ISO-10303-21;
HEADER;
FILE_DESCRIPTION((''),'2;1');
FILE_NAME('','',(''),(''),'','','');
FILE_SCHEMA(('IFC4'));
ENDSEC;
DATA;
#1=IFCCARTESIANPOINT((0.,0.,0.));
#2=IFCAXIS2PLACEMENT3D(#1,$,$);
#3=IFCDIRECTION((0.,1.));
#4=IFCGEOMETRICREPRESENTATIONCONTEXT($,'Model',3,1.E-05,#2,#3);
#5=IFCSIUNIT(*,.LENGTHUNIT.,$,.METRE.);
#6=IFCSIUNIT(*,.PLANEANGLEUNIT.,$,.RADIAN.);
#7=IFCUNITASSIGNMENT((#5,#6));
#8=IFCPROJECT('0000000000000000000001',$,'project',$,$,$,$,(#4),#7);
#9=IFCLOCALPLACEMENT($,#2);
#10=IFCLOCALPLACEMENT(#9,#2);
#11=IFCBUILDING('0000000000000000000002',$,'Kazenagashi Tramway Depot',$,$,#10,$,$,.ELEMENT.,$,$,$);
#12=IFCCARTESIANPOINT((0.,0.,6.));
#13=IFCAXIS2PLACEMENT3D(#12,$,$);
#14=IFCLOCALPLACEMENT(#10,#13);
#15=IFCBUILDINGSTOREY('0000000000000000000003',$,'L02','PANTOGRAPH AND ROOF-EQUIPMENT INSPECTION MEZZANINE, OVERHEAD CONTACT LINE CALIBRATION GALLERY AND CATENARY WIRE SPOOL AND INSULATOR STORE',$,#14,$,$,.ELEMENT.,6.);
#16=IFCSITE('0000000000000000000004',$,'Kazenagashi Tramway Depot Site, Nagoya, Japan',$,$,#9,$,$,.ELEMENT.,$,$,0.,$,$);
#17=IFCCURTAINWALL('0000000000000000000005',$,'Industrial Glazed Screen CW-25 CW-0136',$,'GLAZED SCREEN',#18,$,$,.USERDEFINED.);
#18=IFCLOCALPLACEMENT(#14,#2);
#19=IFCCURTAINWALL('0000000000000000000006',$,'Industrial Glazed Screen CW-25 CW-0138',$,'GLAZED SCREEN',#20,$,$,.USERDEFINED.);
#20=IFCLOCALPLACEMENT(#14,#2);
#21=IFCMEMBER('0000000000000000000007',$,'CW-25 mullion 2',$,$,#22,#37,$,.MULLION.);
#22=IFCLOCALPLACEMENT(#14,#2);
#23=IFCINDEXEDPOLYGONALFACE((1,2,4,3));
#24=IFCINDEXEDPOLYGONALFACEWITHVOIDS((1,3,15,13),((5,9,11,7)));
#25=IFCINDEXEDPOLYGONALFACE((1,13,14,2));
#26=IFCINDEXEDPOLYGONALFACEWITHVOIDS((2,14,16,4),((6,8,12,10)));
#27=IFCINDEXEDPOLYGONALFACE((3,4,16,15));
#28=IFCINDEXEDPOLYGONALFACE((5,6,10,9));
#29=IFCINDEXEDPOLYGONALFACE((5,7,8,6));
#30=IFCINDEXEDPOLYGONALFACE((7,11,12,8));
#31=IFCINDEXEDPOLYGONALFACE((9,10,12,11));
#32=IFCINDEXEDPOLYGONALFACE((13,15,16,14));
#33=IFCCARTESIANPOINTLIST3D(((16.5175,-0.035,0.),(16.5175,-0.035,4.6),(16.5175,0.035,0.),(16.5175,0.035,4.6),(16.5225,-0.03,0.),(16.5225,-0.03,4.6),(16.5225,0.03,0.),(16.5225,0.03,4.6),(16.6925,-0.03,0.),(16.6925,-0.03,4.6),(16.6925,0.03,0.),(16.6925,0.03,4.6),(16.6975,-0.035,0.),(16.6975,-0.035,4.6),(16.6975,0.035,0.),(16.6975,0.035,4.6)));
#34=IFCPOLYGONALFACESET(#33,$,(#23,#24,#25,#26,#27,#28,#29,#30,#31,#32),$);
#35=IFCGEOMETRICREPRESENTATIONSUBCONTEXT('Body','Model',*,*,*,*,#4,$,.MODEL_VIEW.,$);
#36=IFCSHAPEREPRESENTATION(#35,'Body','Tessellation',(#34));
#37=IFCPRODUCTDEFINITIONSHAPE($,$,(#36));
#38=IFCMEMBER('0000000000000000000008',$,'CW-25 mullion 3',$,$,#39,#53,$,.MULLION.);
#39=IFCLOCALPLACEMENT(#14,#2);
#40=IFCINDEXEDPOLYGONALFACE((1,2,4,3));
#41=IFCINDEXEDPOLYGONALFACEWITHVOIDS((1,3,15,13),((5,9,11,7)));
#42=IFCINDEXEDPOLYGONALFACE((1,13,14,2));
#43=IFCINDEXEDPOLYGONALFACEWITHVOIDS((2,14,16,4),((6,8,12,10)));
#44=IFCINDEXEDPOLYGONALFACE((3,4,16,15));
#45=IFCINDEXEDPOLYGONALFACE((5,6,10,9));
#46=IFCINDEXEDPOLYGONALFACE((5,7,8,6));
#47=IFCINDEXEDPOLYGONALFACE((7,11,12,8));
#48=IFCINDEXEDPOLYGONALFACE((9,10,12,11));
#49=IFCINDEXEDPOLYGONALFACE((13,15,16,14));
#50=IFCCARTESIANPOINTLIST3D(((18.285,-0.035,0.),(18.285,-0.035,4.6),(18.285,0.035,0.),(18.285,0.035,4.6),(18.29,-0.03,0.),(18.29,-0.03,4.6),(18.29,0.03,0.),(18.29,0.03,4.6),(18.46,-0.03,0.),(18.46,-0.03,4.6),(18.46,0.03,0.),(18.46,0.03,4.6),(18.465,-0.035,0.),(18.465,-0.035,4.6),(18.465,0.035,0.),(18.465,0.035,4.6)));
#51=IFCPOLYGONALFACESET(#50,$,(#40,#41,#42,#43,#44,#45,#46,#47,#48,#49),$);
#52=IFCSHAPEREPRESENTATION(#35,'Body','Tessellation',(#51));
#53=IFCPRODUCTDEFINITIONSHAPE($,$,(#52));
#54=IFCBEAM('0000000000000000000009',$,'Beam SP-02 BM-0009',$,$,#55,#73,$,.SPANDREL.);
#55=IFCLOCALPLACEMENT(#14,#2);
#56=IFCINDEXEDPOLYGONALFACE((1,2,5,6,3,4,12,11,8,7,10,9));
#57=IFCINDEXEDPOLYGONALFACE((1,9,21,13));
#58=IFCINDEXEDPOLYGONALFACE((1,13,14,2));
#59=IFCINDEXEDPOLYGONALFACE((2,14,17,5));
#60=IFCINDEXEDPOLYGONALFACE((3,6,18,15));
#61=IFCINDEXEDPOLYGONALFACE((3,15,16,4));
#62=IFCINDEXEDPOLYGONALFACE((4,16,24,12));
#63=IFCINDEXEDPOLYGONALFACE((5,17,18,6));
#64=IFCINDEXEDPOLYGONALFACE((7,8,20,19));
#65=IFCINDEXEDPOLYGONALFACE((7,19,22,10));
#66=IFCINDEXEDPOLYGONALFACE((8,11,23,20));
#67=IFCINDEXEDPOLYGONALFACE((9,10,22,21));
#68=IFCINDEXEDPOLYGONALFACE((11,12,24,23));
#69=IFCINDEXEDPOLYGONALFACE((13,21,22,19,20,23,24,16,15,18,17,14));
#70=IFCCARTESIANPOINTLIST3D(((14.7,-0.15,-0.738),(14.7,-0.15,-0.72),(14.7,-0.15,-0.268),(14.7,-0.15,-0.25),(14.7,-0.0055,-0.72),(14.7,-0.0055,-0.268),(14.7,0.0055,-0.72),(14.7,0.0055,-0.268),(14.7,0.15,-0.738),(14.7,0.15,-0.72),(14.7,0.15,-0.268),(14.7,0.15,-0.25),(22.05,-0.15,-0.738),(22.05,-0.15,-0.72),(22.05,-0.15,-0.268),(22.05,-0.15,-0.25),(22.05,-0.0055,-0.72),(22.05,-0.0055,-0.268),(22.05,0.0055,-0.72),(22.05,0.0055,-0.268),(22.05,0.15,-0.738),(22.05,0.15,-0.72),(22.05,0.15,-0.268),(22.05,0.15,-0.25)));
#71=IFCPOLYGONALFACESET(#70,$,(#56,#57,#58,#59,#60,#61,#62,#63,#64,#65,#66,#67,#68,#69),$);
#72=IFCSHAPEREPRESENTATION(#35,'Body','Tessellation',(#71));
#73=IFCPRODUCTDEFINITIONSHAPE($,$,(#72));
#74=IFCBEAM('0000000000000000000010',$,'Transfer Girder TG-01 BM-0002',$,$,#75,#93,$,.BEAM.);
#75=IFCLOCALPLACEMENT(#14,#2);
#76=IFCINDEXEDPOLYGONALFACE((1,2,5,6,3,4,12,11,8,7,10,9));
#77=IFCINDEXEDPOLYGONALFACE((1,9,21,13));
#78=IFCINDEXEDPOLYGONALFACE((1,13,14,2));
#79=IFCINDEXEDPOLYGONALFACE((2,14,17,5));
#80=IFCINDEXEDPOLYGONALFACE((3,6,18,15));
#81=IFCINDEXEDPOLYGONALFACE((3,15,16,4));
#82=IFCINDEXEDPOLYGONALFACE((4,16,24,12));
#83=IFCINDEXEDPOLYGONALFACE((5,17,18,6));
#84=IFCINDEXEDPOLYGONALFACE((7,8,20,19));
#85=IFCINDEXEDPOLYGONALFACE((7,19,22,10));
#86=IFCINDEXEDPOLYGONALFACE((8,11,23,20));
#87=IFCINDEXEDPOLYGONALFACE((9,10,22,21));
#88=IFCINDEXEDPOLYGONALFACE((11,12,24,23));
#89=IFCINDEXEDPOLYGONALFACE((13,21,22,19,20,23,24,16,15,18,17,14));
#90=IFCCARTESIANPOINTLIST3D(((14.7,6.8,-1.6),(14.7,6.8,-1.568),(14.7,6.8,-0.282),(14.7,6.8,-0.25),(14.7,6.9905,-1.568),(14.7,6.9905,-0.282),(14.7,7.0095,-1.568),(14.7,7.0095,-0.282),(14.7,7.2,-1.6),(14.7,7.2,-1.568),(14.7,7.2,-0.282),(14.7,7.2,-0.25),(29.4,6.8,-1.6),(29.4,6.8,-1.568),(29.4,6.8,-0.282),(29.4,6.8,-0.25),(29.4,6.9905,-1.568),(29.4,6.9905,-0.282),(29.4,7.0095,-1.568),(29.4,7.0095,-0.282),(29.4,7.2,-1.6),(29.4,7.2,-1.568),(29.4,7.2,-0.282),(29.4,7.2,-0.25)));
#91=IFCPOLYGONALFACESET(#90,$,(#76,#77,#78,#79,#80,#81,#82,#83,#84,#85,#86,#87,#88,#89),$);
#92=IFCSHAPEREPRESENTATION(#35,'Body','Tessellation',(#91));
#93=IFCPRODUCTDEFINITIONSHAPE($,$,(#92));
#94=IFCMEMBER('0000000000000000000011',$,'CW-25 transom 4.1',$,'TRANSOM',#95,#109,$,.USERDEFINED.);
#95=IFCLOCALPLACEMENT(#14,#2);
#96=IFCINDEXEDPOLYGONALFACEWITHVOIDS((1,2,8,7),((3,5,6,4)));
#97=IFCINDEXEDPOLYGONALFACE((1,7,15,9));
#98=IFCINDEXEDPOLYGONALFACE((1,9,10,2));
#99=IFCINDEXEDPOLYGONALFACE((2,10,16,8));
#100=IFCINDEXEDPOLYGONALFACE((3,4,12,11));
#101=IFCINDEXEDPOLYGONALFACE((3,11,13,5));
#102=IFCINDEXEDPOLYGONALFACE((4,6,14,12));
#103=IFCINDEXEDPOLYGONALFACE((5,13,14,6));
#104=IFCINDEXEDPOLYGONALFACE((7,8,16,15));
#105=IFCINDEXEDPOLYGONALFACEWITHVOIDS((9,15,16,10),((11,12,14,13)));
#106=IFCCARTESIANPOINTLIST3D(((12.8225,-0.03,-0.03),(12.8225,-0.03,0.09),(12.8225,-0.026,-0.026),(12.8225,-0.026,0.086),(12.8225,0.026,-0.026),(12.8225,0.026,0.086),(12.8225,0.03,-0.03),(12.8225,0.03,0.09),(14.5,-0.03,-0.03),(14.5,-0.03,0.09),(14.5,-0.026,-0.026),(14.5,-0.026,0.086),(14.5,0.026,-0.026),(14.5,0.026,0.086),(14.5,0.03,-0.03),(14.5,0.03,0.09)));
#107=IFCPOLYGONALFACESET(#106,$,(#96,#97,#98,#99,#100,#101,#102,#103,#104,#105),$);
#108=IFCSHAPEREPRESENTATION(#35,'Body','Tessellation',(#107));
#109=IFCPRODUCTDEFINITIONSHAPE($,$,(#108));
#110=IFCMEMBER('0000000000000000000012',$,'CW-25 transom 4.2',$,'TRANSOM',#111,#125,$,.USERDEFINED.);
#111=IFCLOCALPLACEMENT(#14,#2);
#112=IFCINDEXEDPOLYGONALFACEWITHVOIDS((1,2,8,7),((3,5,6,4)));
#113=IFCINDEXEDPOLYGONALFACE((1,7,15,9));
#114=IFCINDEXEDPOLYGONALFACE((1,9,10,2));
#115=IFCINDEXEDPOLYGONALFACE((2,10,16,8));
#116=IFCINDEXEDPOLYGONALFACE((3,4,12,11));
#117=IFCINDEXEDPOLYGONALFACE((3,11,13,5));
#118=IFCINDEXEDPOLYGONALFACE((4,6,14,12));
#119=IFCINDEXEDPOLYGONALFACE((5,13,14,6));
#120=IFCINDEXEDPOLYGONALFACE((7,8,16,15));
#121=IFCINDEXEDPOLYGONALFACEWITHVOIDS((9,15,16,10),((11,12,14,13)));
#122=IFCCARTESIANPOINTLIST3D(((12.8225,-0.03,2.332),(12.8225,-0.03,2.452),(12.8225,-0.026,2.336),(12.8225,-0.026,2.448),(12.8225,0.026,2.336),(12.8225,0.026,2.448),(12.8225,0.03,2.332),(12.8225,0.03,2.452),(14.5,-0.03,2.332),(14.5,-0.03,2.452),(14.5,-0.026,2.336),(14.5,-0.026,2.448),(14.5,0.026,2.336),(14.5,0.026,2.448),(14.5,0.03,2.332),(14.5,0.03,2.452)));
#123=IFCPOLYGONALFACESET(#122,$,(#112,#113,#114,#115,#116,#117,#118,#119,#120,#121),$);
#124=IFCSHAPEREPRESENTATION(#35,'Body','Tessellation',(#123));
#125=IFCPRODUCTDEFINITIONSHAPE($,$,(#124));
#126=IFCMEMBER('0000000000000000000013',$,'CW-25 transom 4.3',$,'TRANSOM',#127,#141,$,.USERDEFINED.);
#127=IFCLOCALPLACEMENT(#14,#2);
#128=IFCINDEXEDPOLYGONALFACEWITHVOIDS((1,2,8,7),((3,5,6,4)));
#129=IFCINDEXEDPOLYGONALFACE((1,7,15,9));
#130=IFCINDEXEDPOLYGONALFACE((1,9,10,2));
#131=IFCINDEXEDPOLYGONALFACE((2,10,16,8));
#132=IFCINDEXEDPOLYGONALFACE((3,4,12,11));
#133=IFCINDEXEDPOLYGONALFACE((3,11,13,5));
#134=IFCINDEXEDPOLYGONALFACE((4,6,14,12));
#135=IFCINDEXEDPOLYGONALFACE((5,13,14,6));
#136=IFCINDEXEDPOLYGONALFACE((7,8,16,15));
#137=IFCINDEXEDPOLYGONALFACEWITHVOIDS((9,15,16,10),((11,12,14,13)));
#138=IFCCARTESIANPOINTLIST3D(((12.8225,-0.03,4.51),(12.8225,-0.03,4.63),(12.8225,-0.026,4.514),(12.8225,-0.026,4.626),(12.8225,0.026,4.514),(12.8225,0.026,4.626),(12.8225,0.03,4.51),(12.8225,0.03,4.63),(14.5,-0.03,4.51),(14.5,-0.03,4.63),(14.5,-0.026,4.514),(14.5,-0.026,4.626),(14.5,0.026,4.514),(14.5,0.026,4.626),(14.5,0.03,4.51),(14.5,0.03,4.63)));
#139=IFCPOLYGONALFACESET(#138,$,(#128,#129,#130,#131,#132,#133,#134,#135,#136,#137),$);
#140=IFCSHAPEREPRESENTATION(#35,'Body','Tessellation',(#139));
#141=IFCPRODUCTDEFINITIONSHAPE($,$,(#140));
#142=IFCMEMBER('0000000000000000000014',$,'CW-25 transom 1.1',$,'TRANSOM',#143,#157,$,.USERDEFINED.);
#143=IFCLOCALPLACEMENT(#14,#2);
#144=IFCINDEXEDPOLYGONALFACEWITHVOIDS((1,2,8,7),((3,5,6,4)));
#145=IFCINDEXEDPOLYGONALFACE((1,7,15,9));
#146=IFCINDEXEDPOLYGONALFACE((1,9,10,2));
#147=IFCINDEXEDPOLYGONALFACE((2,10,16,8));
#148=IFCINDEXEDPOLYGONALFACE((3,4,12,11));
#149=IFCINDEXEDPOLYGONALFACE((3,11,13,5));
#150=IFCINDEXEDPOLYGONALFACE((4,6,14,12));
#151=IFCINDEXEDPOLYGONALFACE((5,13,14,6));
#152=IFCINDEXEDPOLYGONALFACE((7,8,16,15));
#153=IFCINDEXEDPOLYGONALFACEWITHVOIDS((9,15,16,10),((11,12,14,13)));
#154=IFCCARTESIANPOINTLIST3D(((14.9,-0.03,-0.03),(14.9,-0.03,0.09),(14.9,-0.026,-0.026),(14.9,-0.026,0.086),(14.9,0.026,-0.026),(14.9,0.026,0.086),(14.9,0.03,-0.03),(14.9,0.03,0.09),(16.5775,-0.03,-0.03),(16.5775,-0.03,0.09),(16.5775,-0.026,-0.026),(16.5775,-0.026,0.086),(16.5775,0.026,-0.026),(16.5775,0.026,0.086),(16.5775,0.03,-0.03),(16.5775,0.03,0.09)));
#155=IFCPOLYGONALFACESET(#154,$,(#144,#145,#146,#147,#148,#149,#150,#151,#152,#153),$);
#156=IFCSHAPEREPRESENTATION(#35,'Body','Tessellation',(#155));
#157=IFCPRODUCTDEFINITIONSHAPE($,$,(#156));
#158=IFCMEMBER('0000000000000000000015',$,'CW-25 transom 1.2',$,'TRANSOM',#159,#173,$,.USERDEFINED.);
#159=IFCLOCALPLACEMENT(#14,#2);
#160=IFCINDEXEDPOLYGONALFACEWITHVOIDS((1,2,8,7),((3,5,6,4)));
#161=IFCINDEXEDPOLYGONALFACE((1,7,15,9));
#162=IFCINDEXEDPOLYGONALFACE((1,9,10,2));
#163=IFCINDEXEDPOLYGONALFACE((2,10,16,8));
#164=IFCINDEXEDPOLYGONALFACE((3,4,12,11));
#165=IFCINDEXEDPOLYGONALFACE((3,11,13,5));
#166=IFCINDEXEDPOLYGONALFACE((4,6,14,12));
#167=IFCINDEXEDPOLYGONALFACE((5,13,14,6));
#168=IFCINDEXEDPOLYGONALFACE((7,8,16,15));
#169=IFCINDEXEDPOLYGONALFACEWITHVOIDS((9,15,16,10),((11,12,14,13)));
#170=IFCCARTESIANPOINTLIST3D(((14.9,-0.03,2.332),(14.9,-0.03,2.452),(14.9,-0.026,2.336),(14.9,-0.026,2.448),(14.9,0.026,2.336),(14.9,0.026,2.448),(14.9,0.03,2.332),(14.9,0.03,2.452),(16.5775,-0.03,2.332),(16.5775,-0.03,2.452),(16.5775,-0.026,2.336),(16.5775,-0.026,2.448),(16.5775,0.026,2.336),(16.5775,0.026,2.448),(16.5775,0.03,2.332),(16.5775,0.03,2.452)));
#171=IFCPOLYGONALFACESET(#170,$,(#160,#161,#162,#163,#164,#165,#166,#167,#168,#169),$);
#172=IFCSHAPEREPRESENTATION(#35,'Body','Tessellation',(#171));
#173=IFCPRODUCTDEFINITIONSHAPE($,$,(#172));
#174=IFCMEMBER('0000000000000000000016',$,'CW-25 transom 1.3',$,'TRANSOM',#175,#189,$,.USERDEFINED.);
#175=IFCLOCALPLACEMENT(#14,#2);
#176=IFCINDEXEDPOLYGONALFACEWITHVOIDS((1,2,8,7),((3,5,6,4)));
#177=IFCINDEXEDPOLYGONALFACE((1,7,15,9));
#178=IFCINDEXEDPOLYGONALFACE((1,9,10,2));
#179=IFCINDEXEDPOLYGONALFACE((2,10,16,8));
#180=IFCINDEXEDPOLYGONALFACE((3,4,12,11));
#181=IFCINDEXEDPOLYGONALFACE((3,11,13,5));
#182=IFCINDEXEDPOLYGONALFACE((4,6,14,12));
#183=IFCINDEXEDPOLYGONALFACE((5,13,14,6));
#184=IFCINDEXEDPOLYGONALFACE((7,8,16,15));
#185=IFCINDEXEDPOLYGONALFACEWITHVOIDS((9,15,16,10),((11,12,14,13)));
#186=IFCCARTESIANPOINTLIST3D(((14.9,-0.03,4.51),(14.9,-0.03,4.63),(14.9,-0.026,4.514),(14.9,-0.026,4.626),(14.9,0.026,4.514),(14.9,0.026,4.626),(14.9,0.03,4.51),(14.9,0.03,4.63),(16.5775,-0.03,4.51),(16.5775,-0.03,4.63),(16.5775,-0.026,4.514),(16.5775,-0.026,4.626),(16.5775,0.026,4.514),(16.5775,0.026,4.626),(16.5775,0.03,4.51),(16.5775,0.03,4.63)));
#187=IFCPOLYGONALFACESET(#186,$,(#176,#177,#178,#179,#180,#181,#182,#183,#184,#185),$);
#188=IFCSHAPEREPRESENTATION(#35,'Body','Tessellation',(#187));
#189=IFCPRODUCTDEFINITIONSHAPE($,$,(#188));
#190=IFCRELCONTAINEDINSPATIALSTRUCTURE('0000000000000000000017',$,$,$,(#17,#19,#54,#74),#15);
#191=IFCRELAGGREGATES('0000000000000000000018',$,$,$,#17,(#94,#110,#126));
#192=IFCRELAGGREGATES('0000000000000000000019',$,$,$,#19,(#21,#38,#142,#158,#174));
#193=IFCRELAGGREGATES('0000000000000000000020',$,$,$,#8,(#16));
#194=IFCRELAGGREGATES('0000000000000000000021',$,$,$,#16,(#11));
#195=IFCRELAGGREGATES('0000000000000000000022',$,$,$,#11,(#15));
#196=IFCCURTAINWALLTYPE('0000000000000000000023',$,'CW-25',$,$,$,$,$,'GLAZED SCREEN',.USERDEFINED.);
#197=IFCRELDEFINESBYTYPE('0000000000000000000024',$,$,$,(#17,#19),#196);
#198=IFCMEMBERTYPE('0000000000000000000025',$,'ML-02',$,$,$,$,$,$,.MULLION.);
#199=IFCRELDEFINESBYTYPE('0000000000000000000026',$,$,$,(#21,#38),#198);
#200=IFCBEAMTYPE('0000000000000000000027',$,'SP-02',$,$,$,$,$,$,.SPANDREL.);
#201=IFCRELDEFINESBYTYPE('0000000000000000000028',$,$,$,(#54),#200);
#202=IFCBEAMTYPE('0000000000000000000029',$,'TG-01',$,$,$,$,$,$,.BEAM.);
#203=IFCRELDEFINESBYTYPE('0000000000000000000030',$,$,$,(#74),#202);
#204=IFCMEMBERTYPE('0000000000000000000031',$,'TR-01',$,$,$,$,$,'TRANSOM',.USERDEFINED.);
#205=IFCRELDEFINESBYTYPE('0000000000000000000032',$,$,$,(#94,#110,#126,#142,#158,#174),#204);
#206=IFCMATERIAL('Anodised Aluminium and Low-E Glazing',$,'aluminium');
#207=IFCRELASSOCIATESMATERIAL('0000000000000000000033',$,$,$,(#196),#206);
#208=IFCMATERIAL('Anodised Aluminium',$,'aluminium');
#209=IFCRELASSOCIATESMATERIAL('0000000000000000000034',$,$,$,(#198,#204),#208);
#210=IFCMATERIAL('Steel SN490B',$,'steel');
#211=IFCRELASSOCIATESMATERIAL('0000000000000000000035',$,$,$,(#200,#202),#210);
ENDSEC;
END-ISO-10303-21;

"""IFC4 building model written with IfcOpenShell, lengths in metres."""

from ifc_helpers import new_model, si_unit, direction, frame, origin, origin_2d, place, context, subcontext, project, spatial, hollow_rectangle, i_section, extrude, material, material_profile, profile_set, type_object, element, aggregate, save


model = new_model("IFC4")

# Units and contexts
model_context = context("Model", 3, precision=1e-05, world=origin(), true_north=direction((0.0, 1.0)))
body_context = subcontext(model_context, "Body", "Model", "MODEL_VIEW")
ifc_project = project(units=[si_unit("LENGTHUNIT", "METRE"), si_unit("PLANEANGLEUNIT", "RADIAN")], contexts=[model_context])

# Site, building, storey
site_placement = place(None, origin())
site = spatial("IfcSite", under=ifc_project, at=site_placement, Name="Kazenagashi Tramway Depot Site, Nagoya, Japan", CompositionType="ELEMENT", RefElevation=0.0)
building_placement = place(site_placement, origin())
building = spatial("IfcBuilding", under=site, at=building_placement, Name="Kazenagashi Tramway Depot", CompositionType="ELEMENT")
storey_placement = place(building_placement, frame((0.0, 0.0, 6.0)))
storey = spatial("IfcBuildingStorey", under=building, at=storey_placement, Name="L02", Description="PANTOGRAPH AND ROOF-EQUIPMENT INSPECTION MEZZANINE, OVERHEAD CONTACT LINE CALIBRATION GALLERY AND CATENARY WIRE SPOOL AND INSULATOR STORE", CompositionType="ELEMENT", Elevation=6.0)

# Shared definitions
ifc_material_1 = material(Name="Steel SN490B", Category="steel")

# Curtain walls, members
ifc_material_2 = material(Name="Anodised Aluminium and Low-E Glazing", Category="aluminium")
curtain_wall_type = type_object("IfcCurtainWallType", Name="CW-25", ElementType="GLAZED SCREEN", PredefinedType="USERDEFINED", material=ifc_material_2)
curtain_wall_1_placement = place(storey_placement, origin())
curtain_wall_1 = element("IfcCurtainWall", 1, at=curtain_wall_1_placement, inside=storey, type_object=curtain_wall_type, Name="Industrial Glazed Screen CW-25 CW-0136", ObjectType="GLAZED SCREEN", PredefinedType="USERDEFINED")
ifc_material_3 = material(Name="Anodised Aluminium", Category="aluminium")
ifc_material_profile_1 = material_profile(ifc_material_3, hollow_rectangle(XDim=0.07, YDim=0.18, WallThickness=0.005, at=origin_2d()), Name="RHS-180x70x5")
ifc_profile_set_1 = profile_set([ifc_material_profile_1], Name="Anodised Aluminium")
member_type_1 = type_object("IfcMemberType", Name="ML-02", PredefinedType="MULLION", material=ifc_profile_set_1)
curtain_wall_2_placement = place(storey_placement, origin())
curtain_wall_2 = element("IfcCurtainWall", 2, at=curtain_wall_2_placement, inside=storey, type_object=curtain_wall_type, Name="Industrial Glazed Screen CW-25 CW-0138", ObjectType="GLAZED SCREEN", PredefinedType="USERDEFINED")
member_1_placement = place(storey_placement, frame((16.6075, 0.0, 0.0), z_axis=(0.0, 0.0, 1.0), x_axis=(0.0, 1.0, 0.0)))
member_1 = element("IfcMember", 3, at=member_1_placement, type_object=member_type_1, Name="CW-25 mullion 2", PredefinedType="MULLION", context=body_context, shape_type="SweptSolid", body=[
    extrude(hollow_rectangle(XDim=0.07, YDim=0.18, WallThickness=0.005, at=origin_2d()), origin(), (0.0, 0.0, 1.0), 4.6),
])
member_2_placement = place(storey_placement, frame((18.375, 0.0, 0.0), z_axis=(0.0, 0.0, 1.0), x_axis=(0.0, 1.0, 0.0)))
member_2 = element("IfcMember", 4, at=member_2_placement, type_object=member_type_1, Name="CW-25 mullion 3", PredefinedType="MULLION", context=body_context, shape_type="SweptSolid", body=[
    extrude(hollow_rectangle(XDim=0.07, YDim=0.18, WallThickness=0.005, at=origin_2d()), origin(), (0.0, 0.0, 1.0), 4.6),
])

# Beams
ifc_material_profile_2 = material_profile(ifc_material_1, i_section(OverallWidth=0.3, OverallDepth=0.488, WebThickness=0.011, FlangeThickness=0.018, at=origin_2d()), Name="H-488x300x11x18")
ifc_profile_set_2 = profile_set([ifc_material_profile_2], Name="Steel SN490B")
beam_type_1 = type_object("IfcBeamType", Name="SP-02", PredefinedType="SPANDREL", material=ifc_profile_set_2)
beam_1_placement = place(storey_placement, frame((14.7, 0.0, -0.494), z_axis=(1.0, 0.0, 0.0), x_axis=(0.0, 1.0, 0.0)))
element("IfcBeam", 5, at=beam_1_placement, inside=storey, type_object=beam_type_1, Name="Beam SP-02 BM-0009", PredefinedType="SPANDREL", context=body_context, shape_type="SweptSolid", body=[
    extrude(i_section(OverallWidth=0.3, OverallDepth=0.488, WebThickness=0.011, FlangeThickness=0.018, at=origin_2d()), origin(), (0.0, 0.0, 1.0), 7.35),
])
ifc_material_profile_3 = material_profile(ifc_material_1, i_section(OverallWidth=0.4, OverallDepth=1.35, WebThickness=0.019, FlangeThickness=0.032, at=origin_2d()), Name="BH-1350x400x19x32")
ifc_profile_set_3 = profile_set([ifc_material_profile_3], Name="Steel SN490B")
beam_type_2 = type_object("IfcBeamType", Name="TG-01", PredefinedType="BEAM", material=ifc_profile_set_3)
beam_2_placement = place(storey_placement, frame((14.7, 7.0, -0.925), z_axis=(1.0, 0.0, 0.0), x_axis=(0.0, 1.0, 0.0)))
element("IfcBeam", 6, at=beam_2_placement, inside=storey, type_object=beam_type_2, Name="Transfer Girder TG-01 BM-0002", PredefinedType="BEAM", context=body_context, shape_type="SweptSolid", body=[
    extrude(i_section(OverallWidth=0.4, OverallDepth=1.35, WebThickness=0.019, FlangeThickness=0.032, at=origin_2d()), origin(), (0.0, 0.0, 1.0), 14.7),
])

# Members
ifc_material_profile_4 = material_profile(ifc_material_3, hollow_rectangle(XDim=0.06, YDim=0.12, WallThickness=0.004, at=origin_2d()), Name="RHS-120x60x4")
ifc_profile_set_4 = profile_set([ifc_material_profile_4], Name="Anodised Aluminium")
member_type_2 = type_object("IfcMemberType", Name="TR-01", ElementType="TRANSOM", PredefinedType="USERDEFINED", material=ifc_profile_set_4)
member_3_placement = place(storey_placement, frame((12.8225, 0.0, 0.03), z_axis=(1.0, 0.0, 0.0), x_axis=(0.0, 1.0, 0.0)))
member_3 = element("IfcMember", 7, at=member_3_placement, type_object=member_type_2, Name="CW-25 transom 4.1", ObjectType="TRANSOM", PredefinedType="USERDEFINED", context=body_context, shape_type="SweptSolid", body=[
    extrude(hollow_rectangle(XDim=0.06, YDim=0.12, WallThickness=0.004, at=origin_2d()), origin(), (0.0, 0.0, 1.0), 1.6775),
])
member_4_placement = place(storey_placement, frame((12.8225, 0.0, 2.392), z_axis=(1.0, 0.0, 0.0), x_axis=(0.0, 1.0, 0.0)))
member_4 = element("IfcMember", 8, at=member_4_placement, type_object=member_type_2, Name="CW-25 transom 4.2", ObjectType="TRANSOM", PredefinedType="USERDEFINED", context=body_context, shape_type="SweptSolid", body=[
    extrude(hollow_rectangle(XDim=0.06, YDim=0.12, WallThickness=0.004, at=origin_2d()), origin(), (0.0, 0.0, 1.0), 1.6775),
])
member_5_placement = place(storey_placement, frame((12.8225, 0.0, 4.57), z_axis=(1.0, 0.0, 0.0), x_axis=(0.0, 1.0, 0.0)))
member_5 = element("IfcMember", 9, at=member_5_placement, type_object=member_type_2, Name="CW-25 transom 4.3", ObjectType="TRANSOM", PredefinedType="USERDEFINED", context=body_context, shape_type="SweptSolid", body=[
    extrude(hollow_rectangle(XDim=0.06, YDim=0.12, WallThickness=0.004, at=origin_2d()), origin(), (0.0, 0.0, 1.0), 1.6775),
])
member_6_placement = place(storey_placement, frame((14.9, 0.0, 0.03), z_axis=(1.0, 0.0, 0.0), x_axis=(0.0, 1.0, 0.0)))
member_6 = element("IfcMember", 10, at=member_6_placement, type_object=member_type_2, Name="CW-25 transom 1.1", ObjectType="TRANSOM", PredefinedType="USERDEFINED", context=body_context, shape_type="SweptSolid", body=[
    extrude(hollow_rectangle(XDim=0.06, YDim=0.12, WallThickness=0.004, at=origin_2d()), origin(), (0.0, 0.0, 1.0), 1.6775),
])
member_7_placement = place(storey_placement, frame((14.9, 0.0, 2.392), z_axis=(1.0, 0.0, 0.0), x_axis=(0.0, 1.0, 0.0)))
member_7 = element("IfcMember", 11, at=member_7_placement, type_object=member_type_2, Name="CW-25 transom 1.2", ObjectType="TRANSOM", PredefinedType="USERDEFINED", context=body_context, shape_type="SweptSolid", body=[
    extrude(hollow_rectangle(XDim=0.06, YDim=0.12, WallThickness=0.004, at=origin_2d()), origin(), (0.0, 0.0, 1.0), 1.6775),
])
member_8_placement = place(storey_placement, frame((14.9, 0.0, 4.57), z_axis=(1.0, 0.0, 0.0), x_axis=(0.0, 1.0, 0.0)))
member_8 = element("IfcMember", 12, at=member_8_placement, type_object=member_type_2, Name="CW-25 transom 1.3", ObjectType="TRANSOM", PredefinedType="USERDEFINED", context=body_context, shape_type="SweptSolid", body=[
    extrude(hollow_rectangle(XDim=0.06, YDim=0.12, WallThickness=0.004, at=origin_2d()), origin(), (0.0, 0.0, 1.0), 1.6775),
])

aggregate(curtain_wall_1, [member_3, member_4, member_5])
aggregate(curtain_wall_2, [member_1, member_2, member_6, member_7, member_8])

save(model, "model.ifc")
